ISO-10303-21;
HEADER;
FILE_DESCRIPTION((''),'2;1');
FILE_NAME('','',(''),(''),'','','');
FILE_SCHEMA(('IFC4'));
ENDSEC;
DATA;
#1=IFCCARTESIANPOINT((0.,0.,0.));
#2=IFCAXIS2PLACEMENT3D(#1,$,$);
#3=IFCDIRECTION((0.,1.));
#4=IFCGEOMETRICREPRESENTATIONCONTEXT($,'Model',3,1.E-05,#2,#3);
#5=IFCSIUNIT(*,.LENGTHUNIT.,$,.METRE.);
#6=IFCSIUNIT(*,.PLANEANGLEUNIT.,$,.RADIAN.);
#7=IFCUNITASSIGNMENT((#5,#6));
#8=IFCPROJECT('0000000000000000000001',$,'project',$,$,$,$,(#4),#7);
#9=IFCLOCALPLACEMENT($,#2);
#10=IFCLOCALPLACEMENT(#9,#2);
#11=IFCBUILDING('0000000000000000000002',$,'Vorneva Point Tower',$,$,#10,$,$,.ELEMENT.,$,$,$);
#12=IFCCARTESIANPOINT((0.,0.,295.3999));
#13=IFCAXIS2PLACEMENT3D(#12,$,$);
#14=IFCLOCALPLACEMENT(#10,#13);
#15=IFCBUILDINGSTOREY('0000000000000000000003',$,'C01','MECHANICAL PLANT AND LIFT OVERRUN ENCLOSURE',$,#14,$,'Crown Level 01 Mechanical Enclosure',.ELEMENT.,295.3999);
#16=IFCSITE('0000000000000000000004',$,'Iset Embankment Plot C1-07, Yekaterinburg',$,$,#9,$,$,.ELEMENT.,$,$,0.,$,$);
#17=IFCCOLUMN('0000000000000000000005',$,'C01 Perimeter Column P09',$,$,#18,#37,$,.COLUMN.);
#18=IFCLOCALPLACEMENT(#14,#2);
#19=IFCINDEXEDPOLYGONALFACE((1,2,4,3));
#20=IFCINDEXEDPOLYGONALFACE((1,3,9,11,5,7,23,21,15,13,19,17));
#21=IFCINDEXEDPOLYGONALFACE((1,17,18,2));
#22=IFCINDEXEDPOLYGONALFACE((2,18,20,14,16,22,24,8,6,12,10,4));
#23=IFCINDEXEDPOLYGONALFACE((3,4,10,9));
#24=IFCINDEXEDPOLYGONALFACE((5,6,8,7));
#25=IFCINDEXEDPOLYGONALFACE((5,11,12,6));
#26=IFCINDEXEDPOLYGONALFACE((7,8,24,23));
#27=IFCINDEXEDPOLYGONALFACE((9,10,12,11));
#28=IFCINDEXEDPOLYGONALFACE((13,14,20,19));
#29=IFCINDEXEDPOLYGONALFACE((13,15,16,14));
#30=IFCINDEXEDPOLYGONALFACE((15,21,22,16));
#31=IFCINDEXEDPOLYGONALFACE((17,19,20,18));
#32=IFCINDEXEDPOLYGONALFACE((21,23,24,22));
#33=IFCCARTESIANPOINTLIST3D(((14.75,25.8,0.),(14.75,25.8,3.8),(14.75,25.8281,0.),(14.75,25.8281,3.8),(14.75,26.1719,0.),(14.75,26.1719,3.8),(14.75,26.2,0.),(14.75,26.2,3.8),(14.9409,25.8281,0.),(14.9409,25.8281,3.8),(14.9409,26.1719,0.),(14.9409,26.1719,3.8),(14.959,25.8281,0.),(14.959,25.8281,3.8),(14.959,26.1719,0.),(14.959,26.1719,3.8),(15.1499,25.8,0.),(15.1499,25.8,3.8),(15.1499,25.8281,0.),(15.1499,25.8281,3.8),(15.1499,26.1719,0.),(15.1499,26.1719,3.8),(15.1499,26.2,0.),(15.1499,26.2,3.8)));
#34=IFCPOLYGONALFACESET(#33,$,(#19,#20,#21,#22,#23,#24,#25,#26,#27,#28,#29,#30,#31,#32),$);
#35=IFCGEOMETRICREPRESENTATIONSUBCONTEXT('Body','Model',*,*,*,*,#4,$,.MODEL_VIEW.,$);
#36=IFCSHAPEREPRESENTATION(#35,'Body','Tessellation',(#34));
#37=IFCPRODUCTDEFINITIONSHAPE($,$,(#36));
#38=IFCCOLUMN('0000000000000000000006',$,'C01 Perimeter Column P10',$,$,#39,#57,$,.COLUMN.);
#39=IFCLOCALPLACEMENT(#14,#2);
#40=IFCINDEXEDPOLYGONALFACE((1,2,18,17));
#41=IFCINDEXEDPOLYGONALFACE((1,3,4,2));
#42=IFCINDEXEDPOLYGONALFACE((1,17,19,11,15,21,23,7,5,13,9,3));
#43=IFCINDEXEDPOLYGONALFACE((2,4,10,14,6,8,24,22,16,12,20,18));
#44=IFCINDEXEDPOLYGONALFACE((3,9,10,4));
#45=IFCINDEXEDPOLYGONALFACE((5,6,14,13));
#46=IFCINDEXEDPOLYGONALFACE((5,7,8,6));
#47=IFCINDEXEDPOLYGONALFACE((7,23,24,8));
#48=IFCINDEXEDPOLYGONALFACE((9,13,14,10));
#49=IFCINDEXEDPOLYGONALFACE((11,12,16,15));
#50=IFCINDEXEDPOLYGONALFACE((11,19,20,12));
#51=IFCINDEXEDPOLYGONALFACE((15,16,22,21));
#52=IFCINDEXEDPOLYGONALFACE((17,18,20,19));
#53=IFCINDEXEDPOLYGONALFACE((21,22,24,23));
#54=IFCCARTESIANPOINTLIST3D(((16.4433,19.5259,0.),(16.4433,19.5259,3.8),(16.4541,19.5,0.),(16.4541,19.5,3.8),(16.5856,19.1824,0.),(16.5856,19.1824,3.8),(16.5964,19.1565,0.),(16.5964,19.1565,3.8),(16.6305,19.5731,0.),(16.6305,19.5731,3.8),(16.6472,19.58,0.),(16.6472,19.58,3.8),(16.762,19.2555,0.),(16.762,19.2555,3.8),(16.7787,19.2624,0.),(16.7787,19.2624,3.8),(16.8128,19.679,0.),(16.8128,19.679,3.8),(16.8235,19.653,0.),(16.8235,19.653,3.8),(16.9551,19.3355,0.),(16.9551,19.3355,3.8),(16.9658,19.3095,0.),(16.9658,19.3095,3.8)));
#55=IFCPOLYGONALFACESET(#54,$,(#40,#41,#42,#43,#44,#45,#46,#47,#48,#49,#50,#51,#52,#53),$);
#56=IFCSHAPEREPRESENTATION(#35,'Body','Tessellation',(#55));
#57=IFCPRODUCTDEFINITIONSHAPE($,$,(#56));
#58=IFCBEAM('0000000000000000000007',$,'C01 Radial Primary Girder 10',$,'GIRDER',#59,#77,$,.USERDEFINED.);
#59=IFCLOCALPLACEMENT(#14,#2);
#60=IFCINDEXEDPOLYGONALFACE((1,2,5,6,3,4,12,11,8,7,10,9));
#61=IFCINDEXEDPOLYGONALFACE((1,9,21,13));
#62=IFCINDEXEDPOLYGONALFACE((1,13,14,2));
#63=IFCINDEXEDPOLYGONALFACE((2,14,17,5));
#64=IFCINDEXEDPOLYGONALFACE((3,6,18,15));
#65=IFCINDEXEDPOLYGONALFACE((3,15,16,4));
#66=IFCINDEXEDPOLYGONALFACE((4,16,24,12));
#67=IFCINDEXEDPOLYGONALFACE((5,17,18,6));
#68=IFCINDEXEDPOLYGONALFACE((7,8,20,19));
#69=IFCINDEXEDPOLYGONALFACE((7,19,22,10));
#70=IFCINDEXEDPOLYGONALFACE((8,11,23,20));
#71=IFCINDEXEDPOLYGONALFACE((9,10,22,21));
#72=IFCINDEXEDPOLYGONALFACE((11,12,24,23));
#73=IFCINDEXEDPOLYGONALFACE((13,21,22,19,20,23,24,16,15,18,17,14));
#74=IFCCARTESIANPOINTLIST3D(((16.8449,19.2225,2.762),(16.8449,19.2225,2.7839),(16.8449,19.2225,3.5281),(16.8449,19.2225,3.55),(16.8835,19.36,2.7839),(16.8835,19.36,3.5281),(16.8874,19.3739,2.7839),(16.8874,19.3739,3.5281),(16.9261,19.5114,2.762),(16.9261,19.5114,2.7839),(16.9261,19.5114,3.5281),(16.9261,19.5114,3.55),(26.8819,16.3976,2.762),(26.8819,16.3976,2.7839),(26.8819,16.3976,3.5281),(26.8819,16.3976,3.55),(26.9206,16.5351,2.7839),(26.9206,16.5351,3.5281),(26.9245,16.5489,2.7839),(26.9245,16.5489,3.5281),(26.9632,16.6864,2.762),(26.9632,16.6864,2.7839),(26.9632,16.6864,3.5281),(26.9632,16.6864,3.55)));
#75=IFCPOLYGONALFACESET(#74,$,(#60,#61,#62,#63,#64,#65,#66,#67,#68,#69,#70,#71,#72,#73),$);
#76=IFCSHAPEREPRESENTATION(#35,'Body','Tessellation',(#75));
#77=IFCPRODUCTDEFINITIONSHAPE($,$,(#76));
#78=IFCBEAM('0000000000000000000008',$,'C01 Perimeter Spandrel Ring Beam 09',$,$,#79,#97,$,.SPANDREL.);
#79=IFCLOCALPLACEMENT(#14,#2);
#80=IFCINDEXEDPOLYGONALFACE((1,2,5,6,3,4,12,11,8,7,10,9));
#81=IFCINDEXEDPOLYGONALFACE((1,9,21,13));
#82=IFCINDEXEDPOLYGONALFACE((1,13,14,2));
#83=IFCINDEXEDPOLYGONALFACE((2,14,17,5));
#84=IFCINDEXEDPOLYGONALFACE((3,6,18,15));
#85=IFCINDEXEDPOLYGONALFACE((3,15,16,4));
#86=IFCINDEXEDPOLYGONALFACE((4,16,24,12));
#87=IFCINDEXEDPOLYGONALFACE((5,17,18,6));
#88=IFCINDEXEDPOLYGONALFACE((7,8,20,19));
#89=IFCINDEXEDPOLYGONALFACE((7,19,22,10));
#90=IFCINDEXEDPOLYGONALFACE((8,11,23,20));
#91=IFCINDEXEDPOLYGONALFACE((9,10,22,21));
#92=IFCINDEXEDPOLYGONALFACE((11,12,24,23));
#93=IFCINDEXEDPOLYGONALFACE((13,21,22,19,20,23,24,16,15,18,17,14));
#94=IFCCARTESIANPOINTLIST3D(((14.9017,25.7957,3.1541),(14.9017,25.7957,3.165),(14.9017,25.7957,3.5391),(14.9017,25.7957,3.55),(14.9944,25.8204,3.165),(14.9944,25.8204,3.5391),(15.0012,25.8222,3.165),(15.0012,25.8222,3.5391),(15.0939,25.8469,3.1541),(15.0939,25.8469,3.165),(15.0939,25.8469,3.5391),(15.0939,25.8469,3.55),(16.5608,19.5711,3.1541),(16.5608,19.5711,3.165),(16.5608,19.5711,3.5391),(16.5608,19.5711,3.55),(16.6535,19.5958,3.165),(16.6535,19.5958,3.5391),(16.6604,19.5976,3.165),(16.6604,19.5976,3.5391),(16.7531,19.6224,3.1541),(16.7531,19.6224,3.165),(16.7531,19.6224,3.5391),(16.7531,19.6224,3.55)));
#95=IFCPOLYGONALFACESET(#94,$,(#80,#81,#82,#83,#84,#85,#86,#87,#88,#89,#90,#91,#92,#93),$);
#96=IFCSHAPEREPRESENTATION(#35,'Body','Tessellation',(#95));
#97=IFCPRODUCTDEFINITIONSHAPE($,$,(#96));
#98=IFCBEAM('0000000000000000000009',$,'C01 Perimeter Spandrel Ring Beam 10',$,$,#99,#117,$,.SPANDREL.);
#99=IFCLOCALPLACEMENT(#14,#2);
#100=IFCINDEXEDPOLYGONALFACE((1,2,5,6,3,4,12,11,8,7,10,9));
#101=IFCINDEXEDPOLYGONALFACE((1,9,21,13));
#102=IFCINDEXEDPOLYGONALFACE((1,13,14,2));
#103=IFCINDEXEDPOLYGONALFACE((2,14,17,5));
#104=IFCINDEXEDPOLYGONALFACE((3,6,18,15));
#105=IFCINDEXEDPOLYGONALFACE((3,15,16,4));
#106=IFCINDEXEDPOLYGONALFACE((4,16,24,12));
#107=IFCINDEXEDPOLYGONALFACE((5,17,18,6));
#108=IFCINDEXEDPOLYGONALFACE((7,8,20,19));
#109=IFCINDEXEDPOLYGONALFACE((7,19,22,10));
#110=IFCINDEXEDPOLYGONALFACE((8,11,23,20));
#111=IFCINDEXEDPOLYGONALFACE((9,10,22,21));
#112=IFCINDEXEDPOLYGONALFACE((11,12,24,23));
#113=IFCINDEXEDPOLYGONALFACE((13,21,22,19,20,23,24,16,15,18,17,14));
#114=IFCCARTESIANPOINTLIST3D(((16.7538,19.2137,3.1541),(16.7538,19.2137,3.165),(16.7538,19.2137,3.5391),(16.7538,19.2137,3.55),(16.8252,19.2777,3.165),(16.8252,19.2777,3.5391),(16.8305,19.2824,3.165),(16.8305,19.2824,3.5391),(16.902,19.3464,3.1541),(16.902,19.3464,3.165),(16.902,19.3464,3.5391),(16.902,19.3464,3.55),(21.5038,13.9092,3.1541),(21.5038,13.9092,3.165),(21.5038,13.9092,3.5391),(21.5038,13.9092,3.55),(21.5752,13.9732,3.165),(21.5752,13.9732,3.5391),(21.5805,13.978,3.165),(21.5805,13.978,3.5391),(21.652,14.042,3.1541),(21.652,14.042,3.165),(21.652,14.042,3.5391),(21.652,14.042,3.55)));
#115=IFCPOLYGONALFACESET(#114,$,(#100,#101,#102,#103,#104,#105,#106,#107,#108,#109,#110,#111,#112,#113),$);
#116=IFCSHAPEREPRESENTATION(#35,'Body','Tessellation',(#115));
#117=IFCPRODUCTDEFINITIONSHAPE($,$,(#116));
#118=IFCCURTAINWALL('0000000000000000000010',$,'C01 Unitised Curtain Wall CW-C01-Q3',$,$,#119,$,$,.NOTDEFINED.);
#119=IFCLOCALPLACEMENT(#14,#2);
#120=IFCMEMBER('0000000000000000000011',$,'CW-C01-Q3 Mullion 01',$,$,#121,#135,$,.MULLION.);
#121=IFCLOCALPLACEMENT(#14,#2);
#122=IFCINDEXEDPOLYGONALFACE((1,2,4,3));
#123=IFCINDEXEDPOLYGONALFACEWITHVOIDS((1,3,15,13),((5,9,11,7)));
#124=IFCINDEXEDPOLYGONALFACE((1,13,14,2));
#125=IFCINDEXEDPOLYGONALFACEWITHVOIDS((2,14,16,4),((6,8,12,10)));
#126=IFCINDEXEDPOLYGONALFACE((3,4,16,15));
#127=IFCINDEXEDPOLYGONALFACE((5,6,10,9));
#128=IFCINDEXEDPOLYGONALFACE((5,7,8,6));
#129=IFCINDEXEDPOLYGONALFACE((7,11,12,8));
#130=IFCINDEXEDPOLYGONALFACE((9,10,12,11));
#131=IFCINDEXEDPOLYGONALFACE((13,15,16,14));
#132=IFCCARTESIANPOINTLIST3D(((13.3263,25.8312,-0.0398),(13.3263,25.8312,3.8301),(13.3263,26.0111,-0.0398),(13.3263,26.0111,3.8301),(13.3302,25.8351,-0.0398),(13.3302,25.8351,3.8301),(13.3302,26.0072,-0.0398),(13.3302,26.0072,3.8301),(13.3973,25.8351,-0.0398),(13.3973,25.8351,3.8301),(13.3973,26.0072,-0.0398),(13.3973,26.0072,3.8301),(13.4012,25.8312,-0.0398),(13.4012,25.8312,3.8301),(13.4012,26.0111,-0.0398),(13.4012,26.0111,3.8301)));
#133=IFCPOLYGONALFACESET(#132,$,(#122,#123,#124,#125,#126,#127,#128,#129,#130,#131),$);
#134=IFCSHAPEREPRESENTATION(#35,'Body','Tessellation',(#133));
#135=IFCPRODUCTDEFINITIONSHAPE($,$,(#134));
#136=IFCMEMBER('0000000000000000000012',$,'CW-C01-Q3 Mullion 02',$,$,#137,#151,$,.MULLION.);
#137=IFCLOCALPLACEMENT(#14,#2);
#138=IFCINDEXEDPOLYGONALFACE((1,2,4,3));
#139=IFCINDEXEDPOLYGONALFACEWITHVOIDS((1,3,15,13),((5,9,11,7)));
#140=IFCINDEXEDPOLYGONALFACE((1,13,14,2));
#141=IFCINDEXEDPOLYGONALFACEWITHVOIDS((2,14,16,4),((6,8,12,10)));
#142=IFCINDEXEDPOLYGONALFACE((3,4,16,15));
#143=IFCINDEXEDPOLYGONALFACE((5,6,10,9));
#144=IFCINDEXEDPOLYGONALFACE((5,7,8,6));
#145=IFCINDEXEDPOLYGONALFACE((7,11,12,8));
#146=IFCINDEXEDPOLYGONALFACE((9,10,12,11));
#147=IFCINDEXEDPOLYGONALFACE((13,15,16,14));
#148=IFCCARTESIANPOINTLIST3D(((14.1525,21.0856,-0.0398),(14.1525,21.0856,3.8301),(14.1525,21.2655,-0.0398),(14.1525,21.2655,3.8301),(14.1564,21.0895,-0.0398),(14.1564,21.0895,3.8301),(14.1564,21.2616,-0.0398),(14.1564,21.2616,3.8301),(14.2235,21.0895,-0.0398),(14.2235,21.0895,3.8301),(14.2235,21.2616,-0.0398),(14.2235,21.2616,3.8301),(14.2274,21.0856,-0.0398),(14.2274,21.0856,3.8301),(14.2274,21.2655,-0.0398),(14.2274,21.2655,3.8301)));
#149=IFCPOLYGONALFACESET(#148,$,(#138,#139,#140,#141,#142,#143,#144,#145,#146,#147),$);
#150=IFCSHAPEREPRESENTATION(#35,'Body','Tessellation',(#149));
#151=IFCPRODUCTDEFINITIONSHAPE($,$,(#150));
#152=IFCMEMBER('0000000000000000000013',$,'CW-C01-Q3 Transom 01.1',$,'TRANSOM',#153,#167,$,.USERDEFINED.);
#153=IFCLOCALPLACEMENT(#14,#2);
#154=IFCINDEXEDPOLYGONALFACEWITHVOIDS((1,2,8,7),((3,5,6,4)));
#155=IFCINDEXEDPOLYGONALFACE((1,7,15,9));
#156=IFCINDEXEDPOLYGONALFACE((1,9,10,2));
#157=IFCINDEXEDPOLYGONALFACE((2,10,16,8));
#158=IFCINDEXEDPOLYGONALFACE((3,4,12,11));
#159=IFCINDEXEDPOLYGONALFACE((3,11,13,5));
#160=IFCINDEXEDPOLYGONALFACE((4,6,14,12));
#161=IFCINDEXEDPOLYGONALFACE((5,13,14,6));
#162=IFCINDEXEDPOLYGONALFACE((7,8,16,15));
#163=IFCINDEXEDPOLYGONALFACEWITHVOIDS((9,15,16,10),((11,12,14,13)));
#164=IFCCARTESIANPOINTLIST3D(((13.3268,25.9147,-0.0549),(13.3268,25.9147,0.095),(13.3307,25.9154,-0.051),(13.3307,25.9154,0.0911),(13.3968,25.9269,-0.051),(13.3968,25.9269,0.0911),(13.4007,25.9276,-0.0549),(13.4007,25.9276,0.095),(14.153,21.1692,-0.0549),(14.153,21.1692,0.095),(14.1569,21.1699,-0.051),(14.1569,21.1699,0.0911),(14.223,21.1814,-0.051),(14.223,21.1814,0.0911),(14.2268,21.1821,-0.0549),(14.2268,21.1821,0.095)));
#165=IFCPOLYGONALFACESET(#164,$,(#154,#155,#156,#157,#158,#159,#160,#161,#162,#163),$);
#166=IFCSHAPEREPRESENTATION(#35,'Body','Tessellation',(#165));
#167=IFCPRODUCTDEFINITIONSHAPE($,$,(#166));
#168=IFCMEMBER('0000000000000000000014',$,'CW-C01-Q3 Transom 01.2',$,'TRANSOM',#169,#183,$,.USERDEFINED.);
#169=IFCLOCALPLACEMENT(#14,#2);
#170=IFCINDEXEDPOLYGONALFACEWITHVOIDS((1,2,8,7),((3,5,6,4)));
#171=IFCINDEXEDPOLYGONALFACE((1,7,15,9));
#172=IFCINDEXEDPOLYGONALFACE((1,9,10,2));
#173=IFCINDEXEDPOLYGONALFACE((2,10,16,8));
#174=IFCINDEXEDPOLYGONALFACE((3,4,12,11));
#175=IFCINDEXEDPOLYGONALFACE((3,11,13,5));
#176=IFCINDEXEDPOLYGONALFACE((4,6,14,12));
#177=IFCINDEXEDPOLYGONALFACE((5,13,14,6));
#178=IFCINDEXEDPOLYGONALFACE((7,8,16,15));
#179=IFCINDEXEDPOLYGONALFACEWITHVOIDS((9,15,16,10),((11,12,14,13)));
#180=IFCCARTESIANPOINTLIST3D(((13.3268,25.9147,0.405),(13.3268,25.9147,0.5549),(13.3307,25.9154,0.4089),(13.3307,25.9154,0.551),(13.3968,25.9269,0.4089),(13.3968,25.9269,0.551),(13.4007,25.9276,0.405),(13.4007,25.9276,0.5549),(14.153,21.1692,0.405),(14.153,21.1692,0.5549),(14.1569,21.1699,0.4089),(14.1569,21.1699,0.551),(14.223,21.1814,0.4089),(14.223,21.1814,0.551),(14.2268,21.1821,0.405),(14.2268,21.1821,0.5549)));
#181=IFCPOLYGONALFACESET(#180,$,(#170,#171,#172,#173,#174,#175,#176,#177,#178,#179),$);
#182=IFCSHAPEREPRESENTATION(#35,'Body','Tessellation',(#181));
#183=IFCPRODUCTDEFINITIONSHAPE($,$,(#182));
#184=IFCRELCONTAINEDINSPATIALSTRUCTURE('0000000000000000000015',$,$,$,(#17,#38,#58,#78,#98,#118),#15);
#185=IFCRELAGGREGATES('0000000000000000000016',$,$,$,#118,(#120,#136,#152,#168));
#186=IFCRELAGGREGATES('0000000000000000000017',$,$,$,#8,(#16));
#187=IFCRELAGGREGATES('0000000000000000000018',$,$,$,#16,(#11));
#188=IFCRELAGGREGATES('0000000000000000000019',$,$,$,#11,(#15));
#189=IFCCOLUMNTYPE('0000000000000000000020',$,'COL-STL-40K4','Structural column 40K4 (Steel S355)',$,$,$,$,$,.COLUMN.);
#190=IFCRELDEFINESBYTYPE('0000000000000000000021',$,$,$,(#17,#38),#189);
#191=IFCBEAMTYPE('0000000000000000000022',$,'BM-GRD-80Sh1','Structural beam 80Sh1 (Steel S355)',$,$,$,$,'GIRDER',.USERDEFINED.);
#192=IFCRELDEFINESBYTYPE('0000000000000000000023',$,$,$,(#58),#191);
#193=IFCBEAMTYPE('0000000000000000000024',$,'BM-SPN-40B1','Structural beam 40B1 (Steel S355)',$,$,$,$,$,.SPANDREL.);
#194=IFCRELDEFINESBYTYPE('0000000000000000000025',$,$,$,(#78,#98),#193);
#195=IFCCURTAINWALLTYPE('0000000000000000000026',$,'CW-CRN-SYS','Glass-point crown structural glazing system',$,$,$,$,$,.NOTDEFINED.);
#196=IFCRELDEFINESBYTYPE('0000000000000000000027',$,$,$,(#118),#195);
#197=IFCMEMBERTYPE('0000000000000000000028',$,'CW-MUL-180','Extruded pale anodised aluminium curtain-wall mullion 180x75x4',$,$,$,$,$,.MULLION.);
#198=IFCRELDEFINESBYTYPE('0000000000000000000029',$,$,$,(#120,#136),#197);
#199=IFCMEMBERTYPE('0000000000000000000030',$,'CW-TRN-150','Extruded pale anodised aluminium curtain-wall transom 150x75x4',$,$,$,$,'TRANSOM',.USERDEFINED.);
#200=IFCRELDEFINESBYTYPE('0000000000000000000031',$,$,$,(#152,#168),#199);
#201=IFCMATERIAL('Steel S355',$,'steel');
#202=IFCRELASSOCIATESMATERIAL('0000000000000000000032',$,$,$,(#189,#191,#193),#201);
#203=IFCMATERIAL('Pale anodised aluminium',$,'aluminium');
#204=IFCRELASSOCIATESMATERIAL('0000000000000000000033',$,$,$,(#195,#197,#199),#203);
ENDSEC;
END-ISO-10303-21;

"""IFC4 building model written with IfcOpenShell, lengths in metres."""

from ifc_helpers import new_model, si_unit, direction, frame, origin, origin_2d, place, context, subcontext, project, spatial, hollow_rectangle, i_section, extrude, material, material_profile, profile_set, type_object, element, aggregate, save


model = new_model("IFC4")

# Units and contexts
model_context = context("Model", 3, precision=1e-05, world=origin(), true_north=direction((0.0, 1.0)))
body_context = subcontext(model_context, "Body", "Model", "MODEL_VIEW")
ifc_project = project(units=[si_unit("LENGTHUNIT", "METRE"), si_unit("PLANEANGLEUNIT", "RADIAN")], contexts=[model_context])

# Site, building, storey
site_placement = place(None, origin())
site = spatial("IfcSite", under=ifc_project, at=site_placement, Name="Iset Embankment Plot C1-07, Yekaterinburg", CompositionType="ELEMENT", RefElevation=0.0)
building_placement = place(site_placement, origin())
building = spatial("IfcBuilding", under=site, at=building_placement, Name="Vorneva Point Tower", CompositionType="ELEMENT")
storey_placement = place(building_placement, frame((0.0, 0.0, 295.3999)))
storey = spatial("IfcBuildingStorey", under=building, at=storey_placement, Name="C01", Description="MECHANICAL PLANT AND LIFT OVERRUN ENCLOSURE", LongName="Crown Level 01 Mechanical Enclosure", CompositionType="ELEMENT", Elevation=295.3999)

# Columns
ifc_material_1 = material(Name="Steel S355", Category="steel")
ifc_material_profile_1 = material_profile(ifc_material_1, i_section(OverallWidth=0.3999, OverallDepth=0.3999, WebThickness=0.0181, FlangeThickness=0.0281, at=origin_2d()), Name="40K4")
ifc_profile_set_1 = profile_set([ifc_material_profile_1], Name="Steel S355")
column_type = type_object("IfcColumnType", Name="COL-STL-40K4", Description="Structural column 40K4 (Steel S355)", PredefinedType="COLUMN", material=ifc_profile_set_1)
for number, where, z_axis, x_axis, name in (
    (1, (14.95, 26.0, 0.0), (0.0, 0.0, 1.0), (-1.0, 0.0, 0.0), "C01 Perimeter Column P09"),
    (2, (16.7046, 19.4177, 0.0), (0.0, 0.0, 1.0), (-0.92388, -0.382683, 0.0), "C01 Perimeter Column P10"),
):
    element("IfcColumn", number, at=place(storey_placement, frame(where, z_axis=z_axis, x_axis=x_axis)), inside=storey, type_object=column_type, Name=name, PredefinedType="COLUMN", context=body_context, shape_type="SweptSolid", body=[
        extrude(i_section(OverallWidth=0.3999, OverallDepth=0.3999, WebThickness=0.0181, FlangeThickness=0.0281, at=origin_2d()), origin(), (0.0, 0.0, 1.0), 3.8),
    ])

# Beams
ifc_material_profile_2 = material_profile(ifc_material_1, i_section(OverallWidth=0.3, OverallDepth=0.7881, WebThickness=0.0144, FlangeThickness=0.022, at=origin_2d()), Name="80Sh1")
ifc_profile_set_2 = profile_set([ifc_material_profile_2], Name="Steel S355")
beam_type_1 = type_object("IfcBeamType", Name="BM-GRD-80Sh1", Description="Structural beam 80Sh1 (Steel S355)", ElementType="GIRDER", PredefinedType="USERDEFINED", material=ifc_profile_set_2)
beam_1_placement = place(storey_placement, frame((16.8855, 19.3669, 3.156), z_axis=(0.962601, -0.270925, 0.0), x_axis=(0.270925, 0.962601, 0.0)))
element("IfcBeam", 3, at=beam_1_placement, inside=storey, type_object=beam_type_1, Name="C01 Radial Primary Girder 10", ObjectType="GIRDER", PredefinedType="USERDEFINED", context=body_context, shape_type="SweptSolid", body=[
    extrude(i_section(OverallWidth=0.3, OverallDepth=0.7881, WebThickness=0.0144, FlangeThickness=0.022, at=origin_2d()), origin(), (0.0, 0.0, 1.0), 10.427),
])
ifc_material_profile_3 = material_profile(ifc_material_1, i_section(OverallWidth=0.199, OverallDepth=0.396, WebThickness=0.0071, FlangeThickness=0.011, at=origin_2d()), Name="40B1")
ifc_profile_set_3 = profile_set([ifc_material_profile_3], Name="Steel S355")
beam_type_2 = type_object("IfcBeamType", Name="BM-SPN-40B1", Description="Structural beam 40B1 (Steel S355)", PredefinedType="SPANDREL", material=ifc_profile_set_3)
beam_2_placement = place(storey_placement, frame((14.9978, 25.8213, 3.3521), z_axis=(0.257559, -0.966263, 0.0), x_axis=(0.966263, 0.257559, 0.0)))
element("IfcBeam", 4, at=beam_2_placement, inside=storey, type_object=beam_type_2, Name="C01 Perimeter Spandrel Ring Beam 09", PredefinedType="SPANDREL", context=body_context, shape_type="SweptSolid", body=[
    extrude(i_section(OverallWidth=0.199, OverallDepth=0.396, WebThickness=0.0071, FlangeThickness=0.011, at=origin_2d()), origin(), (0.0, 0.0, 1.0), 6.4419),
])
beam_3_placement = place(storey_placement, frame((16.8279, 19.28, 3.3521), z_axis=(0.6671, -0.744968, 0.0), x_axis=(0.744968, 0.6671, 0.0)))
element("IfcBeam", 5, at=beam_3_placement, inside=storey, type_object=beam_type_2, Name="C01 Perimeter Spandrel Ring Beam 10", PredefinedType="SPANDREL", context=body_context, shape_type="SweptSolid", body=[
    extrude(i_section(OverallWidth=0.199, OverallDepth=0.396, WebThickness=0.0071, FlangeThickness=0.011, at=origin_2d()), origin(), (0.0, 0.0, 1.0), 7.1204),
])

# Curtain wall, members
ifc_material_2 = material(Name="Pale anodised aluminium", Category="aluminium")
curtain_wall_type = type_object("IfcCurtainWallType", Name="CW-CRN-SYS", Description="Glass-point crown structural glazing system", PredefinedType="NOTDEFINED", material=ifc_material_2)
curtain_wall_placement = place(storey_placement, origin())
curtain_wall = element("IfcCurtainWall", 6, at=curtain_wall_placement, inside=storey, type_object=curtain_wall_type, Name="C01 Unitised Curtain Wall CW-C01-Q3", PredefinedType="NOTDEFINED")
ifc_material_profile_4 = material_profile(ifc_material_2, hollow_rectangle(XDim=0.075, YDim=0.1799, WallThickness=0.0039, at=origin_2d()), Name="AL-MUL 180x75x4")
ifc_profile_set_4 = profile_set([ifc_material_profile_4], Name="Pale anodised aluminium")
member_type_1 = type_object("IfcMemberType", Name="CW-MUL-180", Description="Extruded pale anodised aluminium curtain-wall mullion 180x75x4", PredefinedType="MULLION", material=ifc_profile_set_4)
member_1_placement = place(storey_placement, frame((13.3638, 25.9211, -0.0398), z_axis=(0.0, 0.0, 1.0), x_axis=(1.0, 0.0, 0.0)))
member_1 = element("IfcMember", 7, at=member_1_placement, type_object=member_type_1, Name="CW-C01-Q3 Mullion 01", PredefinedType="MULLION", context=body_context, shape_type="SweptSolid", body=[
    extrude(hollow_rectangle(XDim=0.075, YDim=0.1799, WallThickness=0.0039, at=origin_2d()), origin(), (0.0, 0.0, 1.0), 3.8699),
])
member_2_placement = place(storey_placement, frame((14.1899, 21.1755, -0.0398), z_axis=(0.0, 0.0, 1.0), x_axis=(1.0, 0.0, 0.0)))
member_2 = element("IfcMember", 8, at=member_2_placement, type_object=member_type_1, Name="CW-C01-Q3 Mullion 02", PredefinedType="MULLION", context=body_context, shape_type="SweptSolid", body=[
    extrude(hollow_rectangle(XDim=0.075, YDim=0.1799, WallThickness=0.0039, at=origin_2d()), origin(), (0.0, 0.0, 1.0), 3.8699),
])
ifc_material_profile_5 = material_profile(ifc_material_2, hollow_rectangle(XDim=0.075, YDim=0.1499, WallThickness=0.0039, at=origin_2d()), Name="AL-TRN 150x75x4")
ifc_profile_set_5 = profile_set([ifc_material_profile_5], Name="Pale anodised aluminium")
member_type_2 = type_object("IfcMemberType", Name="CW-TRN-150", Description="Extruded pale anodised aluminium curtain-wall transom 150x75x4", ElementType="TRANSOM", PredefinedType="USERDEFINED", material=ifc_profile_set_5)
member_3_placement = place(storey_placement, frame((13.3638, 25.9211, 0.02), z_axis=(0.171512, -0.985182, 0.0), x_axis=(0.985182, 0.171512, 0.0)))
member_3 = element("IfcMember", 9, at=member_3_placement, type_object=member_type_2, Name="CW-C01-Q3 Transom 01.1", ObjectType="TRANSOM", PredefinedType="USERDEFINED", context=body_context, shape_type="SweptSolid", body=[
    extrude(hollow_rectangle(XDim=0.075, YDim=0.1499, WallThickness=0.0039, at=origin_2d()), origin(), (0.0, 0.0, 1.0), 4.8169),
])
member_4_placement = place(storey_placement, frame((13.3638, 25.9211, 0.48), z_axis=(0.171512, -0.985182, 0.0), x_axis=(0.985182, 0.171512, 0.0)))
member_4 = element("IfcMember", 10, at=member_4_placement, type_object=member_type_2, Name="CW-C01-Q3 Transom 01.2", ObjectType="TRANSOM", PredefinedType="USERDEFINED", context=body_context, shape_type="SweptSolid", body=[
    extrude(hollow_rectangle(XDim=0.075, YDim=0.1499, WallThickness=0.0039, at=origin_2d()), origin(), (0.0, 0.0, 1.0), 4.8169),
])

aggregate(curtain_wall, [member_1, member_2, member_3, member_4])

save(model, "model.ifc")
